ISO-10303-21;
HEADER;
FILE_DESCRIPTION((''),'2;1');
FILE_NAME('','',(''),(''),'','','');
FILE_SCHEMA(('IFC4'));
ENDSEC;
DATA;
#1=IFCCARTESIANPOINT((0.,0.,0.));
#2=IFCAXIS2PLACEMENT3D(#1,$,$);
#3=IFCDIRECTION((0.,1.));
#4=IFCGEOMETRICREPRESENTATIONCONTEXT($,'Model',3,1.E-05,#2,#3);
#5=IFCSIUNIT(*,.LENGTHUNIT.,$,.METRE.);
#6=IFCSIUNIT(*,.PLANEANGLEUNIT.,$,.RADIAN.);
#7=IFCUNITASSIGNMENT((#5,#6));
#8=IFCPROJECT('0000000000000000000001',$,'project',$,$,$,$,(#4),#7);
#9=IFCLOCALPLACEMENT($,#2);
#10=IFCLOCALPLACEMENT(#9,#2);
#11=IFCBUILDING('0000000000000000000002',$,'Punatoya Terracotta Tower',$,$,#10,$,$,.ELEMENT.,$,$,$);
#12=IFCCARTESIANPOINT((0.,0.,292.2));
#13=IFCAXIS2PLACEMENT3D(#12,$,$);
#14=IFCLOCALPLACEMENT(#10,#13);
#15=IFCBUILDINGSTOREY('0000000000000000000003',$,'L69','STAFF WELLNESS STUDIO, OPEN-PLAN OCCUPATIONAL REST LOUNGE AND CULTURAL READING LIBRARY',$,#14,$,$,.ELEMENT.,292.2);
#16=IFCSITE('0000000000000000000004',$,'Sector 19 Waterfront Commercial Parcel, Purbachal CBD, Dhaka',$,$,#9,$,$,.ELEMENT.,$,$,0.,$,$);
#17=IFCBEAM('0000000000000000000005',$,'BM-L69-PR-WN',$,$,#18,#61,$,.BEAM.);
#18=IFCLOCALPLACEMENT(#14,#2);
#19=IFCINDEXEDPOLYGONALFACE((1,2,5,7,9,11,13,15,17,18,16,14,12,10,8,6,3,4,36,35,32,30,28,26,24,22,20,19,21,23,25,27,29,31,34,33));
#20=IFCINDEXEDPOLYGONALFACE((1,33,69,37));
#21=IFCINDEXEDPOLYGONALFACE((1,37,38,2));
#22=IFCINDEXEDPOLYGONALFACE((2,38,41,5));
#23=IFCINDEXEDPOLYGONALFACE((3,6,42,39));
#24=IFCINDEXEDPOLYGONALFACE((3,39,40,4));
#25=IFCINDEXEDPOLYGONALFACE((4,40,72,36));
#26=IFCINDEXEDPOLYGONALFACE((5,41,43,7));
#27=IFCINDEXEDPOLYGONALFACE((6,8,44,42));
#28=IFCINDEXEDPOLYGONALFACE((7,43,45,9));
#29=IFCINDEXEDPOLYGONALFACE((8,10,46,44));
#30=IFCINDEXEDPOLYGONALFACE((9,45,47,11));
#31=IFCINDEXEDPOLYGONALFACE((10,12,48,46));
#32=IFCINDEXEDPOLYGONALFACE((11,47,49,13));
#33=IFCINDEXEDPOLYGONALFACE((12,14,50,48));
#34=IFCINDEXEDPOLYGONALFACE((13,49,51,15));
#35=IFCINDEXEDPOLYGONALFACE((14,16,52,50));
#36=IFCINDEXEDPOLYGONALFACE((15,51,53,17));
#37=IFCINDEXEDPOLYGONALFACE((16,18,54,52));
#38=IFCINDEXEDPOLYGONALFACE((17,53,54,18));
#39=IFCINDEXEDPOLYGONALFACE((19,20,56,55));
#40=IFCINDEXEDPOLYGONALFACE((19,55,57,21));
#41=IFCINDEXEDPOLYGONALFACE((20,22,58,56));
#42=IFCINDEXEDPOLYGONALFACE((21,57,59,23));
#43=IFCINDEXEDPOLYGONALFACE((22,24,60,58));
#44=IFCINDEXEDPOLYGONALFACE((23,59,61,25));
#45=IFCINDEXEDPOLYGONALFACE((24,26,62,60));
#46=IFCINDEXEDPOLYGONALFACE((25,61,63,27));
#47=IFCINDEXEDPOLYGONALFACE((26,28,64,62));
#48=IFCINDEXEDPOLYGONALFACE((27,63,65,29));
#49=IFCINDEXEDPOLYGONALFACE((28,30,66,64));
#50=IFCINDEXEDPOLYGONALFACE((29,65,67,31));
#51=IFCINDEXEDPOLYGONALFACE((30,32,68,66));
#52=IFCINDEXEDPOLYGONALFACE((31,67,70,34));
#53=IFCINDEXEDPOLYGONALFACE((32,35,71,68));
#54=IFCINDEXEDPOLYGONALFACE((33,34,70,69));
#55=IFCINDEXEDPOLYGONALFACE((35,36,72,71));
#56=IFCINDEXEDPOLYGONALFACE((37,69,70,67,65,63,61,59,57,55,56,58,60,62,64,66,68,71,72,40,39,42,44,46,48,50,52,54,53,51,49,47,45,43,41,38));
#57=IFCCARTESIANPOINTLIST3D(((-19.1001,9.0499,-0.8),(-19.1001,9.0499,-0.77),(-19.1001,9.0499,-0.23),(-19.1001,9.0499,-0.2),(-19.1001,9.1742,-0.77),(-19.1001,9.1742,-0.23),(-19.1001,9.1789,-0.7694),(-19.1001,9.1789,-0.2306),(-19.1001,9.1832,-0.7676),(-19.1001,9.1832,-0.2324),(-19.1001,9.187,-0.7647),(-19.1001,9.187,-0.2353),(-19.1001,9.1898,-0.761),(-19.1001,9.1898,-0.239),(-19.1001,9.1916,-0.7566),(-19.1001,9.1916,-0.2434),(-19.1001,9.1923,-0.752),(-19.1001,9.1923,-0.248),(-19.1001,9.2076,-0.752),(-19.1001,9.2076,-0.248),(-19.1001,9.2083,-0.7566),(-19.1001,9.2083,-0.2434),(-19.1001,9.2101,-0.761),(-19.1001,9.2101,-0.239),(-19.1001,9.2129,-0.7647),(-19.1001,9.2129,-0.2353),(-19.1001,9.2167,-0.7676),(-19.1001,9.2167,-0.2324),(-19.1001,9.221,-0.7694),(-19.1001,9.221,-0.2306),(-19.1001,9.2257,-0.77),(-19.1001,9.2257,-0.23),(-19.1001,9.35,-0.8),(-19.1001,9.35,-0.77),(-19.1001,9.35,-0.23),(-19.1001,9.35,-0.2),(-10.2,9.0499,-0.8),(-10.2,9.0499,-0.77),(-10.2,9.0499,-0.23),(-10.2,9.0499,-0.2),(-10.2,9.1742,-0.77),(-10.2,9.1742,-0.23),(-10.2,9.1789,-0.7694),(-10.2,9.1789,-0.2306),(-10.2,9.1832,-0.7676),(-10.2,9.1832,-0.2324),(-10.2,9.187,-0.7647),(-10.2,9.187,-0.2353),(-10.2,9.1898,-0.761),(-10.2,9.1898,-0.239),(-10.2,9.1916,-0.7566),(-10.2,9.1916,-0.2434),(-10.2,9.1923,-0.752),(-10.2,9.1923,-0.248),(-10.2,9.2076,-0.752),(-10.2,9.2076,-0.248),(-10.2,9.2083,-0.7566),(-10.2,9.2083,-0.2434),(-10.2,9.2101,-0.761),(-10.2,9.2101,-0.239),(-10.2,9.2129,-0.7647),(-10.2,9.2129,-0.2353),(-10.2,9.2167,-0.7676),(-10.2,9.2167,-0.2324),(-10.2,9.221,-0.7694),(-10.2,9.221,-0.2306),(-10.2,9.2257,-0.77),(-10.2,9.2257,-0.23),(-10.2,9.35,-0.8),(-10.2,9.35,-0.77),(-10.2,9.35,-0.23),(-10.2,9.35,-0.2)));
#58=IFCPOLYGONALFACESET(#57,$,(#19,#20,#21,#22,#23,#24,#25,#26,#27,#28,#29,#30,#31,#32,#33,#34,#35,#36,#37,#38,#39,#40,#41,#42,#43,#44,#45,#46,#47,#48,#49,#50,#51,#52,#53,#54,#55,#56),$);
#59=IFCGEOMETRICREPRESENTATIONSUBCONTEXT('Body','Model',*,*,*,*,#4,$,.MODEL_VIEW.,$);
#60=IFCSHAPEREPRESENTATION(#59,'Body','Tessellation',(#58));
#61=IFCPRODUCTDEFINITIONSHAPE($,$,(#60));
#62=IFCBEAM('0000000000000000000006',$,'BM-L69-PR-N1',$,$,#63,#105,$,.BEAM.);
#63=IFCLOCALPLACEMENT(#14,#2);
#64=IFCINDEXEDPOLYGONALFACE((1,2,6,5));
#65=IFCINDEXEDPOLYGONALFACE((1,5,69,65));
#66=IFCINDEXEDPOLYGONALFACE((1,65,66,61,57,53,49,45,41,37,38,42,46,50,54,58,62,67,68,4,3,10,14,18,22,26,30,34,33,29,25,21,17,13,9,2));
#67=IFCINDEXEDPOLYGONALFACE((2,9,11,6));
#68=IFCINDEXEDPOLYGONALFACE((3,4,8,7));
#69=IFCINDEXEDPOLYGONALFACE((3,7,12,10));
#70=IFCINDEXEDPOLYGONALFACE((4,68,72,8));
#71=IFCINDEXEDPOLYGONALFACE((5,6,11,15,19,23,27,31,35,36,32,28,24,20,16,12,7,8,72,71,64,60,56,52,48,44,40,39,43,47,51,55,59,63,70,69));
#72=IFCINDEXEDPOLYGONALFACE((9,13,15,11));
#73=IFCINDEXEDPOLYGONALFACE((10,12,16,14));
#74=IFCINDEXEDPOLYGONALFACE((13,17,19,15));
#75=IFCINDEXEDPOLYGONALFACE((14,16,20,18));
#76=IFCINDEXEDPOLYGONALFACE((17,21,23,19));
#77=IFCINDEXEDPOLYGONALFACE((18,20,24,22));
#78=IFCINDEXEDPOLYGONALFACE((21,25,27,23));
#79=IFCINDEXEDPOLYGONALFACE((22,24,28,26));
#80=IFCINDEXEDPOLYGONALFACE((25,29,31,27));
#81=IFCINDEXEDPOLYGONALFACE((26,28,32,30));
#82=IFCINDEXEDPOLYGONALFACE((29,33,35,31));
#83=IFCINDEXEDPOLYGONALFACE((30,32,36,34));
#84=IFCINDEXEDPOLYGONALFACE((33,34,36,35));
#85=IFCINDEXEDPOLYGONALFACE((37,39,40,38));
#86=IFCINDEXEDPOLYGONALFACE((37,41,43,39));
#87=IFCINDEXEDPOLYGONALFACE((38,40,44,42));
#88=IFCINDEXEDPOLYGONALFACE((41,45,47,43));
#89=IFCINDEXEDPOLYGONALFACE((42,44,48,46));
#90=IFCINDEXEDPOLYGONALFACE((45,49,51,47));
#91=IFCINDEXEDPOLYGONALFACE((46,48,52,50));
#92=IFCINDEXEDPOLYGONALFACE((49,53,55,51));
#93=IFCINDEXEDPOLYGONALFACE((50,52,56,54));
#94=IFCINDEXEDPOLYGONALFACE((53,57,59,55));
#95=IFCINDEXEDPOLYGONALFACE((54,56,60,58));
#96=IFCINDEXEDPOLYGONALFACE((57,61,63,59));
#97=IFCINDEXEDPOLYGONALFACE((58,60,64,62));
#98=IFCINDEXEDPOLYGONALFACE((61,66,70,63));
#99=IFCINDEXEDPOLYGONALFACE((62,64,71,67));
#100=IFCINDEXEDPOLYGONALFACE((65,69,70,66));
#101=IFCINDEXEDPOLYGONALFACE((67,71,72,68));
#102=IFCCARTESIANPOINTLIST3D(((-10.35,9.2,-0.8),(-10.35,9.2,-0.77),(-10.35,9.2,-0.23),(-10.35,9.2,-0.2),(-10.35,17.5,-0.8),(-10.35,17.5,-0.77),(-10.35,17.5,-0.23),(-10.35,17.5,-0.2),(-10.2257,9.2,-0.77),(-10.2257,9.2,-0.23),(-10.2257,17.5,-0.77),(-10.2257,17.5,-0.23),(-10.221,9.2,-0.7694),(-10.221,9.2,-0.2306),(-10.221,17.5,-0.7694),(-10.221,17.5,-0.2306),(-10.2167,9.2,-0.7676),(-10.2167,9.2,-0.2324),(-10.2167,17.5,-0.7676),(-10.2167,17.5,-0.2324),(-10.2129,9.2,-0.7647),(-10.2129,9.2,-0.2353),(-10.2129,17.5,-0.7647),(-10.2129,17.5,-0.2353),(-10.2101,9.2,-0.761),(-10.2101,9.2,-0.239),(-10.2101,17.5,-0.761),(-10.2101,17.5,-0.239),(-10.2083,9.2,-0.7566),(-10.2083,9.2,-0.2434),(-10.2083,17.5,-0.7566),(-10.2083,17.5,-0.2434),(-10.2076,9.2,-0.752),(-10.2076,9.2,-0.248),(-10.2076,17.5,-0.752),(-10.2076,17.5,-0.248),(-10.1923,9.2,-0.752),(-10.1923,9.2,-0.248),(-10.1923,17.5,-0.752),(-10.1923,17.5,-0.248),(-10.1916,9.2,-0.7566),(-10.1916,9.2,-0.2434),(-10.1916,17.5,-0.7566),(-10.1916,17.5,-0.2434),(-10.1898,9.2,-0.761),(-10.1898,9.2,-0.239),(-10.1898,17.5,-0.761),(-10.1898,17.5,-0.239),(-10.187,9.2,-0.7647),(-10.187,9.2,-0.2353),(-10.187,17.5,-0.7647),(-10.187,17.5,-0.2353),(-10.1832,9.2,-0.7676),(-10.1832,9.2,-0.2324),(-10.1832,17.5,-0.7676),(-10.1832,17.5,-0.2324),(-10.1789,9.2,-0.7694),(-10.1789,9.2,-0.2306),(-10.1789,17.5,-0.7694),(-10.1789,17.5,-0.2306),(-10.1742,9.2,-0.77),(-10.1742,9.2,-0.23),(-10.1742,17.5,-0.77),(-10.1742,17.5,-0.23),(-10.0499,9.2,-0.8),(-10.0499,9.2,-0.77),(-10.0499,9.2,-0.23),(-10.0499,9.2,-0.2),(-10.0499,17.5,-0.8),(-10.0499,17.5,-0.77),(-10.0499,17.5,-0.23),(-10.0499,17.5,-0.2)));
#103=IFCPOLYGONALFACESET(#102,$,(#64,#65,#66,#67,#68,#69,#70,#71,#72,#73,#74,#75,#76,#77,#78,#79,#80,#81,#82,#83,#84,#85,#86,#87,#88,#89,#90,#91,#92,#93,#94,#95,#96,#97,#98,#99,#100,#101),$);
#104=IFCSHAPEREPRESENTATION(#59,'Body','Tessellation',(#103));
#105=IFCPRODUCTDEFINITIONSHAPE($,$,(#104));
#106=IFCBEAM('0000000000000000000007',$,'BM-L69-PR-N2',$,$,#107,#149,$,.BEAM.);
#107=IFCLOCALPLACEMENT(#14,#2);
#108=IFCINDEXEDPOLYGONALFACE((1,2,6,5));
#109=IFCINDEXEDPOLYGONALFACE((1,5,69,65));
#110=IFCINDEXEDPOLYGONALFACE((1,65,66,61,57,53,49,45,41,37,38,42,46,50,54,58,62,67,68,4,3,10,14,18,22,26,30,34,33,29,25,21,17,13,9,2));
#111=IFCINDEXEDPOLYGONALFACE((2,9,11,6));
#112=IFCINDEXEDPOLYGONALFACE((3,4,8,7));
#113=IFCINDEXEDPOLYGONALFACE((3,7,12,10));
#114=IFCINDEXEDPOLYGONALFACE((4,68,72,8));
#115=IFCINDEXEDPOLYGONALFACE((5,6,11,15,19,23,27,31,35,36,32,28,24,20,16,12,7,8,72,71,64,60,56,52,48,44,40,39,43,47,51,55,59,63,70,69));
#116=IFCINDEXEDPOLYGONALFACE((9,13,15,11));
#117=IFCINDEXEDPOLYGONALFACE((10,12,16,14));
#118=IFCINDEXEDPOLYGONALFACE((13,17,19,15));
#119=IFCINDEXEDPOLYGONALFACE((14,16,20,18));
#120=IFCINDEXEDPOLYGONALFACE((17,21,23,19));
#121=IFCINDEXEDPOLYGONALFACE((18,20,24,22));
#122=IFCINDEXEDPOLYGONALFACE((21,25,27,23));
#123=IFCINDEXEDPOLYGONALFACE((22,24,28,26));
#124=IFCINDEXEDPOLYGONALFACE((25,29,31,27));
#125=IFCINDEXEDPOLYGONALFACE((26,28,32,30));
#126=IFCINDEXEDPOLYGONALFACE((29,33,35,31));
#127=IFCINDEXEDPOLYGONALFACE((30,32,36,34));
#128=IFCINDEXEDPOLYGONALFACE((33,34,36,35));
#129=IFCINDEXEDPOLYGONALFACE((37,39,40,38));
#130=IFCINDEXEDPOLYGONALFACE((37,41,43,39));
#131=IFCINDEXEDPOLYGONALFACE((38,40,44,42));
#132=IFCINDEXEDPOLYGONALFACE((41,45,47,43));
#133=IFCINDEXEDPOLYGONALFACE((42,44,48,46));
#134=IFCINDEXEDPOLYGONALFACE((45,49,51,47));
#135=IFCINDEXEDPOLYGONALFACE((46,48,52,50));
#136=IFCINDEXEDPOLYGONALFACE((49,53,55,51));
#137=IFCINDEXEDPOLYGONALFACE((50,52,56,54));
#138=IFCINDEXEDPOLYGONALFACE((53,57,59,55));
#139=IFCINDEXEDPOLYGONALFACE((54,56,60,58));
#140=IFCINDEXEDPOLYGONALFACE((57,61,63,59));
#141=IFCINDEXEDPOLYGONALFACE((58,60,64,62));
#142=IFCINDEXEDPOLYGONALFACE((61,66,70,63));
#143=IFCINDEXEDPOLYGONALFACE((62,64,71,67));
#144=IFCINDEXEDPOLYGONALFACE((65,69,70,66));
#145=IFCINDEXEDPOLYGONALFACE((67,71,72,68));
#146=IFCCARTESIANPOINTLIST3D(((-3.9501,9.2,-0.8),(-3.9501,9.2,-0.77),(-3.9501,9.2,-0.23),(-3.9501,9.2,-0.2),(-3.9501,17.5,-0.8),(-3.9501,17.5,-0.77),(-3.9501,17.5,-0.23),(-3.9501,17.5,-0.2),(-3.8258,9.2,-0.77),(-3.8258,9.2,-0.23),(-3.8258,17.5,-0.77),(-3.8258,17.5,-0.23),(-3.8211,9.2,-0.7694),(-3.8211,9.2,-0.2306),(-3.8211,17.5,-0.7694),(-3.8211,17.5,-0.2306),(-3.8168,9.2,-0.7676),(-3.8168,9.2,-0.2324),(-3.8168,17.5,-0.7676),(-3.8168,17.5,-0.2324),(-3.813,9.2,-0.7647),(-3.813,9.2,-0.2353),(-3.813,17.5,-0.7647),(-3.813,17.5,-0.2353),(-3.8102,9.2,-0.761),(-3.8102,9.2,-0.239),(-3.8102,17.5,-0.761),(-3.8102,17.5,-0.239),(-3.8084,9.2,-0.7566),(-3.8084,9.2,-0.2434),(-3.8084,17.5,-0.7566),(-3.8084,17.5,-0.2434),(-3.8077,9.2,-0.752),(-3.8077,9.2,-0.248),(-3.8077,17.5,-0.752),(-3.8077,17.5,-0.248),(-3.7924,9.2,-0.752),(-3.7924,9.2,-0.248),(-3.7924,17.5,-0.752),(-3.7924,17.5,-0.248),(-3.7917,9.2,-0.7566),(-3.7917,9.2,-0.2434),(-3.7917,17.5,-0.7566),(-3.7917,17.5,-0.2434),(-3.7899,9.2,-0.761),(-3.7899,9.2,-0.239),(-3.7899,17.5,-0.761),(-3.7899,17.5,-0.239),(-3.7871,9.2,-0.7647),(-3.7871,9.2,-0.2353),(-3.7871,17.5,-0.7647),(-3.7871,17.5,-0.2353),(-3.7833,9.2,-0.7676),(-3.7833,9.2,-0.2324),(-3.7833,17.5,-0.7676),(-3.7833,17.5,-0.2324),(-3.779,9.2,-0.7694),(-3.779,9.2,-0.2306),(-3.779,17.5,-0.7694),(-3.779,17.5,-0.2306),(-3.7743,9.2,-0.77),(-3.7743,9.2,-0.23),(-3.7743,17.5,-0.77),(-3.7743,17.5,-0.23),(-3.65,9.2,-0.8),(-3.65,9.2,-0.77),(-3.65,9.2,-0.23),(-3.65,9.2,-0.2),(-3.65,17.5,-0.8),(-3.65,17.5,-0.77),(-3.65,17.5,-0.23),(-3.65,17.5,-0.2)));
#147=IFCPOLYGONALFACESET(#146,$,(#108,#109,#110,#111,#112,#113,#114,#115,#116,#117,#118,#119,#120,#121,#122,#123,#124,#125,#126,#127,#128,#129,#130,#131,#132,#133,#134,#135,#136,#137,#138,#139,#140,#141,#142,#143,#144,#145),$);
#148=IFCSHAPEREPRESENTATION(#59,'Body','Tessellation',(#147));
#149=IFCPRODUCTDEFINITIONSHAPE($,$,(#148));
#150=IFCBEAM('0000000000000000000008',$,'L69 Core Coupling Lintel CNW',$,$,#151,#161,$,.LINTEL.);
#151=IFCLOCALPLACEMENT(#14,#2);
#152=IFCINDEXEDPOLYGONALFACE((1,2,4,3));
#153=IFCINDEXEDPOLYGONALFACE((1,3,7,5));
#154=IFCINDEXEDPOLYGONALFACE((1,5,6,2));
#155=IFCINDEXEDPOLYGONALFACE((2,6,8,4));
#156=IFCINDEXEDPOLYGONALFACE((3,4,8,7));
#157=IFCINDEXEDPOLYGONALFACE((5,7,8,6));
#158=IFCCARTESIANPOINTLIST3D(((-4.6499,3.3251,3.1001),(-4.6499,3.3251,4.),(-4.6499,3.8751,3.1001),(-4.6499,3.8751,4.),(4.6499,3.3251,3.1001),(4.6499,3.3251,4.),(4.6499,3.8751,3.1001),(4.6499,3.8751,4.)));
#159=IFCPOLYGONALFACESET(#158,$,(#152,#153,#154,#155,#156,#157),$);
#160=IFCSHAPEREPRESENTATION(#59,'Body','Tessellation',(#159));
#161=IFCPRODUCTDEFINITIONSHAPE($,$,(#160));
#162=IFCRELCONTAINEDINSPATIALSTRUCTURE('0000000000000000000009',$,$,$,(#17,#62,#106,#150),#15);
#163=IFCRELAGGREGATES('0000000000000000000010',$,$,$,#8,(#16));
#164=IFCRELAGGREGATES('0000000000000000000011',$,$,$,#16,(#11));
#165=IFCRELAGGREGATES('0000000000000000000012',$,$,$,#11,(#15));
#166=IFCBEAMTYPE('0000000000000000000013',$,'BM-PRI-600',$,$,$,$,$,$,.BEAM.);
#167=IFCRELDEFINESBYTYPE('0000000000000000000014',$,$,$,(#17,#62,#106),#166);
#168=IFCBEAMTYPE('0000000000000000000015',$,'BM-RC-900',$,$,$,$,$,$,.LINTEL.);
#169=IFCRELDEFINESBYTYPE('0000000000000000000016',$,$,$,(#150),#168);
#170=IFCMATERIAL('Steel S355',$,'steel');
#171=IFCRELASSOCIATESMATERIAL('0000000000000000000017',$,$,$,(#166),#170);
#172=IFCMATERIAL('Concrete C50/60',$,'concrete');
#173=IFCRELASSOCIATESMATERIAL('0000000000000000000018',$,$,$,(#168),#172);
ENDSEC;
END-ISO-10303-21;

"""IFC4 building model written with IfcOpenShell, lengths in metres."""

from ifc_helpers import new_model, si_unit, direction, frame, origin, origin_2d, place, context, subcontext, project, spatial, rectangle, i_section, extrude, material, material_profile, profile_set, type_object, element, save


model = new_model("IFC4")

# Units and contexts
model_context = context("Model", 3, precision=1e-05, world=origin(), true_north=direction((0.0, 1.0)))
body_context = subcontext(model_context, "Body", "Model", "MODEL_VIEW")
ifc_project = project(units=[si_unit("LENGTHUNIT", "METRE"), si_unit("PLANEANGLEUNIT", "RADIAN")], contexts=[model_context])

# Site, building, storey
site_placement = place(None, origin())
site = spatial("IfcSite", under=ifc_project, at=site_placement, Name="Sector 19 Waterfront Commercial Parcel, Purbachal CBD, Dhaka", CompositionType="ELEMENT", RefElevation=0.0)
building_placement = place(site_placement, origin())
building = spatial("IfcBuilding", under=site, at=building_placement, Name="Punatoya Terracotta Tower", CompositionType="ELEMENT")
storey_placement = place(building_placement, frame((0.0, 0.0, 292.2)))
storey = spatial("IfcBuildingStorey", under=building, at=storey_placement, Name="L69", Description="STAFF WELLNESS STUDIO, OPEN-PLAN OCCUPATIONAL REST LOUNGE AND CULTURAL READING LIBRARY", CompositionType="ELEMENT", Elevation=292.2)

# Beams
ifc_material_1 = material(Name="Steel S355", Category="steel")
ifc_material_profile_1 = material_profile(ifc_material_1, i_section(OverallWidth=0.3, OverallDepth=0.6001, WebThickness=0.0154, FlangeThickness=0.03, FilletRadius=0.0181, at=origin_2d()))
ifc_profile_set_1 = profile_set([ifc_material_profile_1], Name="Steel S355")
beam_type_1 = type_object("IfcBeamType", Name="BM-PRI-600", PredefinedType="BEAM", material=ifc_profile_set_1)
beam_1_placement = place(storey_placement, frame((-19.1001, 9.2, -0.5), z_axis=(1.0, 0.0, 0.0), x_axis=(0.0, 1.0, 0.0)))
element("IfcBeam", 1, at=beam_1_placement, inside=storey, type_object=beam_type_1, Name="BM-L69-PR-WN", PredefinedType="BEAM", context=body_context, shape_type="SweptSolid", body=[
    extrude(i_section(OverallWidth=0.3, OverallDepth=0.6001, WebThickness=0.0154, FlangeThickness=0.03, FilletRadius=0.0181, at=origin_2d()), origin(), (0.0, 0.0, 1.0), 8.9001),
])
for number, where, z_axis, x_axis, name in (
    (2, (-10.2, 9.2, -0.5), (0.0, 1.0, 0.0), (-1.0, 0.0, 0.0), "BM-L69-PR-N1"),
    (3, (-3.8, 9.2, -0.5), (0.0, 1.0, 0.0), (-1.0, 0.0, 0.0), "BM-L69-PR-N2"),
):
    element("IfcBeam", number, at=place(storey_placement, frame(where, z_axis=z_axis, x_axis=x_axis)), inside=storey, type_object=beam_type_1, Name=name, PredefinedType="BEAM", context=body_context, shape_type="SweptSolid", body=[
        extrude(i_section(OverallWidth=0.3, OverallDepth=0.6001, WebThickness=0.0154, FlangeThickness=0.03, FilletRadius=0.0181, at=origin_2d()), origin(), (0.0, 0.0, 1.0), 8.3),
    ])
ifc_material_2 = material(Name="Concrete C50/60", Category="concrete")
ifc_material_profile_2 = material_profile(ifc_material_2, rectangle(XDim=0.55, YDim=0.8999, at=origin_2d()))
ifc_profile_set_2 = profile_set([ifc_material_profile_2], Name="Concrete C50/60")
beam_type_2 = type_object("IfcBeamType", Name="BM-RC-900", PredefinedType="LINTEL", material=ifc_profile_set_2)
beam_2_placement = place(storey_placement, frame((-4.6499, 3.6001, 3.55), z_axis=(1.0, 0.0, 0.0), x_axis=(0.0, 1.0, 0.0)))
element("IfcBeam", 4, at=beam_2_placement, inside=storey, type_object=beam_type_2, Name="L69 Core Coupling Lintel CNW", PredefinedType="LINTEL", context=body_context, shape_type="SweptSolid", body=[
    extrude(rectangle(XDim=0.55, YDim=0.8999, at=origin_2d()), origin(), (0.0, 0.0, 1.0), 9.2998),
])

save(model, "model.ifc")
